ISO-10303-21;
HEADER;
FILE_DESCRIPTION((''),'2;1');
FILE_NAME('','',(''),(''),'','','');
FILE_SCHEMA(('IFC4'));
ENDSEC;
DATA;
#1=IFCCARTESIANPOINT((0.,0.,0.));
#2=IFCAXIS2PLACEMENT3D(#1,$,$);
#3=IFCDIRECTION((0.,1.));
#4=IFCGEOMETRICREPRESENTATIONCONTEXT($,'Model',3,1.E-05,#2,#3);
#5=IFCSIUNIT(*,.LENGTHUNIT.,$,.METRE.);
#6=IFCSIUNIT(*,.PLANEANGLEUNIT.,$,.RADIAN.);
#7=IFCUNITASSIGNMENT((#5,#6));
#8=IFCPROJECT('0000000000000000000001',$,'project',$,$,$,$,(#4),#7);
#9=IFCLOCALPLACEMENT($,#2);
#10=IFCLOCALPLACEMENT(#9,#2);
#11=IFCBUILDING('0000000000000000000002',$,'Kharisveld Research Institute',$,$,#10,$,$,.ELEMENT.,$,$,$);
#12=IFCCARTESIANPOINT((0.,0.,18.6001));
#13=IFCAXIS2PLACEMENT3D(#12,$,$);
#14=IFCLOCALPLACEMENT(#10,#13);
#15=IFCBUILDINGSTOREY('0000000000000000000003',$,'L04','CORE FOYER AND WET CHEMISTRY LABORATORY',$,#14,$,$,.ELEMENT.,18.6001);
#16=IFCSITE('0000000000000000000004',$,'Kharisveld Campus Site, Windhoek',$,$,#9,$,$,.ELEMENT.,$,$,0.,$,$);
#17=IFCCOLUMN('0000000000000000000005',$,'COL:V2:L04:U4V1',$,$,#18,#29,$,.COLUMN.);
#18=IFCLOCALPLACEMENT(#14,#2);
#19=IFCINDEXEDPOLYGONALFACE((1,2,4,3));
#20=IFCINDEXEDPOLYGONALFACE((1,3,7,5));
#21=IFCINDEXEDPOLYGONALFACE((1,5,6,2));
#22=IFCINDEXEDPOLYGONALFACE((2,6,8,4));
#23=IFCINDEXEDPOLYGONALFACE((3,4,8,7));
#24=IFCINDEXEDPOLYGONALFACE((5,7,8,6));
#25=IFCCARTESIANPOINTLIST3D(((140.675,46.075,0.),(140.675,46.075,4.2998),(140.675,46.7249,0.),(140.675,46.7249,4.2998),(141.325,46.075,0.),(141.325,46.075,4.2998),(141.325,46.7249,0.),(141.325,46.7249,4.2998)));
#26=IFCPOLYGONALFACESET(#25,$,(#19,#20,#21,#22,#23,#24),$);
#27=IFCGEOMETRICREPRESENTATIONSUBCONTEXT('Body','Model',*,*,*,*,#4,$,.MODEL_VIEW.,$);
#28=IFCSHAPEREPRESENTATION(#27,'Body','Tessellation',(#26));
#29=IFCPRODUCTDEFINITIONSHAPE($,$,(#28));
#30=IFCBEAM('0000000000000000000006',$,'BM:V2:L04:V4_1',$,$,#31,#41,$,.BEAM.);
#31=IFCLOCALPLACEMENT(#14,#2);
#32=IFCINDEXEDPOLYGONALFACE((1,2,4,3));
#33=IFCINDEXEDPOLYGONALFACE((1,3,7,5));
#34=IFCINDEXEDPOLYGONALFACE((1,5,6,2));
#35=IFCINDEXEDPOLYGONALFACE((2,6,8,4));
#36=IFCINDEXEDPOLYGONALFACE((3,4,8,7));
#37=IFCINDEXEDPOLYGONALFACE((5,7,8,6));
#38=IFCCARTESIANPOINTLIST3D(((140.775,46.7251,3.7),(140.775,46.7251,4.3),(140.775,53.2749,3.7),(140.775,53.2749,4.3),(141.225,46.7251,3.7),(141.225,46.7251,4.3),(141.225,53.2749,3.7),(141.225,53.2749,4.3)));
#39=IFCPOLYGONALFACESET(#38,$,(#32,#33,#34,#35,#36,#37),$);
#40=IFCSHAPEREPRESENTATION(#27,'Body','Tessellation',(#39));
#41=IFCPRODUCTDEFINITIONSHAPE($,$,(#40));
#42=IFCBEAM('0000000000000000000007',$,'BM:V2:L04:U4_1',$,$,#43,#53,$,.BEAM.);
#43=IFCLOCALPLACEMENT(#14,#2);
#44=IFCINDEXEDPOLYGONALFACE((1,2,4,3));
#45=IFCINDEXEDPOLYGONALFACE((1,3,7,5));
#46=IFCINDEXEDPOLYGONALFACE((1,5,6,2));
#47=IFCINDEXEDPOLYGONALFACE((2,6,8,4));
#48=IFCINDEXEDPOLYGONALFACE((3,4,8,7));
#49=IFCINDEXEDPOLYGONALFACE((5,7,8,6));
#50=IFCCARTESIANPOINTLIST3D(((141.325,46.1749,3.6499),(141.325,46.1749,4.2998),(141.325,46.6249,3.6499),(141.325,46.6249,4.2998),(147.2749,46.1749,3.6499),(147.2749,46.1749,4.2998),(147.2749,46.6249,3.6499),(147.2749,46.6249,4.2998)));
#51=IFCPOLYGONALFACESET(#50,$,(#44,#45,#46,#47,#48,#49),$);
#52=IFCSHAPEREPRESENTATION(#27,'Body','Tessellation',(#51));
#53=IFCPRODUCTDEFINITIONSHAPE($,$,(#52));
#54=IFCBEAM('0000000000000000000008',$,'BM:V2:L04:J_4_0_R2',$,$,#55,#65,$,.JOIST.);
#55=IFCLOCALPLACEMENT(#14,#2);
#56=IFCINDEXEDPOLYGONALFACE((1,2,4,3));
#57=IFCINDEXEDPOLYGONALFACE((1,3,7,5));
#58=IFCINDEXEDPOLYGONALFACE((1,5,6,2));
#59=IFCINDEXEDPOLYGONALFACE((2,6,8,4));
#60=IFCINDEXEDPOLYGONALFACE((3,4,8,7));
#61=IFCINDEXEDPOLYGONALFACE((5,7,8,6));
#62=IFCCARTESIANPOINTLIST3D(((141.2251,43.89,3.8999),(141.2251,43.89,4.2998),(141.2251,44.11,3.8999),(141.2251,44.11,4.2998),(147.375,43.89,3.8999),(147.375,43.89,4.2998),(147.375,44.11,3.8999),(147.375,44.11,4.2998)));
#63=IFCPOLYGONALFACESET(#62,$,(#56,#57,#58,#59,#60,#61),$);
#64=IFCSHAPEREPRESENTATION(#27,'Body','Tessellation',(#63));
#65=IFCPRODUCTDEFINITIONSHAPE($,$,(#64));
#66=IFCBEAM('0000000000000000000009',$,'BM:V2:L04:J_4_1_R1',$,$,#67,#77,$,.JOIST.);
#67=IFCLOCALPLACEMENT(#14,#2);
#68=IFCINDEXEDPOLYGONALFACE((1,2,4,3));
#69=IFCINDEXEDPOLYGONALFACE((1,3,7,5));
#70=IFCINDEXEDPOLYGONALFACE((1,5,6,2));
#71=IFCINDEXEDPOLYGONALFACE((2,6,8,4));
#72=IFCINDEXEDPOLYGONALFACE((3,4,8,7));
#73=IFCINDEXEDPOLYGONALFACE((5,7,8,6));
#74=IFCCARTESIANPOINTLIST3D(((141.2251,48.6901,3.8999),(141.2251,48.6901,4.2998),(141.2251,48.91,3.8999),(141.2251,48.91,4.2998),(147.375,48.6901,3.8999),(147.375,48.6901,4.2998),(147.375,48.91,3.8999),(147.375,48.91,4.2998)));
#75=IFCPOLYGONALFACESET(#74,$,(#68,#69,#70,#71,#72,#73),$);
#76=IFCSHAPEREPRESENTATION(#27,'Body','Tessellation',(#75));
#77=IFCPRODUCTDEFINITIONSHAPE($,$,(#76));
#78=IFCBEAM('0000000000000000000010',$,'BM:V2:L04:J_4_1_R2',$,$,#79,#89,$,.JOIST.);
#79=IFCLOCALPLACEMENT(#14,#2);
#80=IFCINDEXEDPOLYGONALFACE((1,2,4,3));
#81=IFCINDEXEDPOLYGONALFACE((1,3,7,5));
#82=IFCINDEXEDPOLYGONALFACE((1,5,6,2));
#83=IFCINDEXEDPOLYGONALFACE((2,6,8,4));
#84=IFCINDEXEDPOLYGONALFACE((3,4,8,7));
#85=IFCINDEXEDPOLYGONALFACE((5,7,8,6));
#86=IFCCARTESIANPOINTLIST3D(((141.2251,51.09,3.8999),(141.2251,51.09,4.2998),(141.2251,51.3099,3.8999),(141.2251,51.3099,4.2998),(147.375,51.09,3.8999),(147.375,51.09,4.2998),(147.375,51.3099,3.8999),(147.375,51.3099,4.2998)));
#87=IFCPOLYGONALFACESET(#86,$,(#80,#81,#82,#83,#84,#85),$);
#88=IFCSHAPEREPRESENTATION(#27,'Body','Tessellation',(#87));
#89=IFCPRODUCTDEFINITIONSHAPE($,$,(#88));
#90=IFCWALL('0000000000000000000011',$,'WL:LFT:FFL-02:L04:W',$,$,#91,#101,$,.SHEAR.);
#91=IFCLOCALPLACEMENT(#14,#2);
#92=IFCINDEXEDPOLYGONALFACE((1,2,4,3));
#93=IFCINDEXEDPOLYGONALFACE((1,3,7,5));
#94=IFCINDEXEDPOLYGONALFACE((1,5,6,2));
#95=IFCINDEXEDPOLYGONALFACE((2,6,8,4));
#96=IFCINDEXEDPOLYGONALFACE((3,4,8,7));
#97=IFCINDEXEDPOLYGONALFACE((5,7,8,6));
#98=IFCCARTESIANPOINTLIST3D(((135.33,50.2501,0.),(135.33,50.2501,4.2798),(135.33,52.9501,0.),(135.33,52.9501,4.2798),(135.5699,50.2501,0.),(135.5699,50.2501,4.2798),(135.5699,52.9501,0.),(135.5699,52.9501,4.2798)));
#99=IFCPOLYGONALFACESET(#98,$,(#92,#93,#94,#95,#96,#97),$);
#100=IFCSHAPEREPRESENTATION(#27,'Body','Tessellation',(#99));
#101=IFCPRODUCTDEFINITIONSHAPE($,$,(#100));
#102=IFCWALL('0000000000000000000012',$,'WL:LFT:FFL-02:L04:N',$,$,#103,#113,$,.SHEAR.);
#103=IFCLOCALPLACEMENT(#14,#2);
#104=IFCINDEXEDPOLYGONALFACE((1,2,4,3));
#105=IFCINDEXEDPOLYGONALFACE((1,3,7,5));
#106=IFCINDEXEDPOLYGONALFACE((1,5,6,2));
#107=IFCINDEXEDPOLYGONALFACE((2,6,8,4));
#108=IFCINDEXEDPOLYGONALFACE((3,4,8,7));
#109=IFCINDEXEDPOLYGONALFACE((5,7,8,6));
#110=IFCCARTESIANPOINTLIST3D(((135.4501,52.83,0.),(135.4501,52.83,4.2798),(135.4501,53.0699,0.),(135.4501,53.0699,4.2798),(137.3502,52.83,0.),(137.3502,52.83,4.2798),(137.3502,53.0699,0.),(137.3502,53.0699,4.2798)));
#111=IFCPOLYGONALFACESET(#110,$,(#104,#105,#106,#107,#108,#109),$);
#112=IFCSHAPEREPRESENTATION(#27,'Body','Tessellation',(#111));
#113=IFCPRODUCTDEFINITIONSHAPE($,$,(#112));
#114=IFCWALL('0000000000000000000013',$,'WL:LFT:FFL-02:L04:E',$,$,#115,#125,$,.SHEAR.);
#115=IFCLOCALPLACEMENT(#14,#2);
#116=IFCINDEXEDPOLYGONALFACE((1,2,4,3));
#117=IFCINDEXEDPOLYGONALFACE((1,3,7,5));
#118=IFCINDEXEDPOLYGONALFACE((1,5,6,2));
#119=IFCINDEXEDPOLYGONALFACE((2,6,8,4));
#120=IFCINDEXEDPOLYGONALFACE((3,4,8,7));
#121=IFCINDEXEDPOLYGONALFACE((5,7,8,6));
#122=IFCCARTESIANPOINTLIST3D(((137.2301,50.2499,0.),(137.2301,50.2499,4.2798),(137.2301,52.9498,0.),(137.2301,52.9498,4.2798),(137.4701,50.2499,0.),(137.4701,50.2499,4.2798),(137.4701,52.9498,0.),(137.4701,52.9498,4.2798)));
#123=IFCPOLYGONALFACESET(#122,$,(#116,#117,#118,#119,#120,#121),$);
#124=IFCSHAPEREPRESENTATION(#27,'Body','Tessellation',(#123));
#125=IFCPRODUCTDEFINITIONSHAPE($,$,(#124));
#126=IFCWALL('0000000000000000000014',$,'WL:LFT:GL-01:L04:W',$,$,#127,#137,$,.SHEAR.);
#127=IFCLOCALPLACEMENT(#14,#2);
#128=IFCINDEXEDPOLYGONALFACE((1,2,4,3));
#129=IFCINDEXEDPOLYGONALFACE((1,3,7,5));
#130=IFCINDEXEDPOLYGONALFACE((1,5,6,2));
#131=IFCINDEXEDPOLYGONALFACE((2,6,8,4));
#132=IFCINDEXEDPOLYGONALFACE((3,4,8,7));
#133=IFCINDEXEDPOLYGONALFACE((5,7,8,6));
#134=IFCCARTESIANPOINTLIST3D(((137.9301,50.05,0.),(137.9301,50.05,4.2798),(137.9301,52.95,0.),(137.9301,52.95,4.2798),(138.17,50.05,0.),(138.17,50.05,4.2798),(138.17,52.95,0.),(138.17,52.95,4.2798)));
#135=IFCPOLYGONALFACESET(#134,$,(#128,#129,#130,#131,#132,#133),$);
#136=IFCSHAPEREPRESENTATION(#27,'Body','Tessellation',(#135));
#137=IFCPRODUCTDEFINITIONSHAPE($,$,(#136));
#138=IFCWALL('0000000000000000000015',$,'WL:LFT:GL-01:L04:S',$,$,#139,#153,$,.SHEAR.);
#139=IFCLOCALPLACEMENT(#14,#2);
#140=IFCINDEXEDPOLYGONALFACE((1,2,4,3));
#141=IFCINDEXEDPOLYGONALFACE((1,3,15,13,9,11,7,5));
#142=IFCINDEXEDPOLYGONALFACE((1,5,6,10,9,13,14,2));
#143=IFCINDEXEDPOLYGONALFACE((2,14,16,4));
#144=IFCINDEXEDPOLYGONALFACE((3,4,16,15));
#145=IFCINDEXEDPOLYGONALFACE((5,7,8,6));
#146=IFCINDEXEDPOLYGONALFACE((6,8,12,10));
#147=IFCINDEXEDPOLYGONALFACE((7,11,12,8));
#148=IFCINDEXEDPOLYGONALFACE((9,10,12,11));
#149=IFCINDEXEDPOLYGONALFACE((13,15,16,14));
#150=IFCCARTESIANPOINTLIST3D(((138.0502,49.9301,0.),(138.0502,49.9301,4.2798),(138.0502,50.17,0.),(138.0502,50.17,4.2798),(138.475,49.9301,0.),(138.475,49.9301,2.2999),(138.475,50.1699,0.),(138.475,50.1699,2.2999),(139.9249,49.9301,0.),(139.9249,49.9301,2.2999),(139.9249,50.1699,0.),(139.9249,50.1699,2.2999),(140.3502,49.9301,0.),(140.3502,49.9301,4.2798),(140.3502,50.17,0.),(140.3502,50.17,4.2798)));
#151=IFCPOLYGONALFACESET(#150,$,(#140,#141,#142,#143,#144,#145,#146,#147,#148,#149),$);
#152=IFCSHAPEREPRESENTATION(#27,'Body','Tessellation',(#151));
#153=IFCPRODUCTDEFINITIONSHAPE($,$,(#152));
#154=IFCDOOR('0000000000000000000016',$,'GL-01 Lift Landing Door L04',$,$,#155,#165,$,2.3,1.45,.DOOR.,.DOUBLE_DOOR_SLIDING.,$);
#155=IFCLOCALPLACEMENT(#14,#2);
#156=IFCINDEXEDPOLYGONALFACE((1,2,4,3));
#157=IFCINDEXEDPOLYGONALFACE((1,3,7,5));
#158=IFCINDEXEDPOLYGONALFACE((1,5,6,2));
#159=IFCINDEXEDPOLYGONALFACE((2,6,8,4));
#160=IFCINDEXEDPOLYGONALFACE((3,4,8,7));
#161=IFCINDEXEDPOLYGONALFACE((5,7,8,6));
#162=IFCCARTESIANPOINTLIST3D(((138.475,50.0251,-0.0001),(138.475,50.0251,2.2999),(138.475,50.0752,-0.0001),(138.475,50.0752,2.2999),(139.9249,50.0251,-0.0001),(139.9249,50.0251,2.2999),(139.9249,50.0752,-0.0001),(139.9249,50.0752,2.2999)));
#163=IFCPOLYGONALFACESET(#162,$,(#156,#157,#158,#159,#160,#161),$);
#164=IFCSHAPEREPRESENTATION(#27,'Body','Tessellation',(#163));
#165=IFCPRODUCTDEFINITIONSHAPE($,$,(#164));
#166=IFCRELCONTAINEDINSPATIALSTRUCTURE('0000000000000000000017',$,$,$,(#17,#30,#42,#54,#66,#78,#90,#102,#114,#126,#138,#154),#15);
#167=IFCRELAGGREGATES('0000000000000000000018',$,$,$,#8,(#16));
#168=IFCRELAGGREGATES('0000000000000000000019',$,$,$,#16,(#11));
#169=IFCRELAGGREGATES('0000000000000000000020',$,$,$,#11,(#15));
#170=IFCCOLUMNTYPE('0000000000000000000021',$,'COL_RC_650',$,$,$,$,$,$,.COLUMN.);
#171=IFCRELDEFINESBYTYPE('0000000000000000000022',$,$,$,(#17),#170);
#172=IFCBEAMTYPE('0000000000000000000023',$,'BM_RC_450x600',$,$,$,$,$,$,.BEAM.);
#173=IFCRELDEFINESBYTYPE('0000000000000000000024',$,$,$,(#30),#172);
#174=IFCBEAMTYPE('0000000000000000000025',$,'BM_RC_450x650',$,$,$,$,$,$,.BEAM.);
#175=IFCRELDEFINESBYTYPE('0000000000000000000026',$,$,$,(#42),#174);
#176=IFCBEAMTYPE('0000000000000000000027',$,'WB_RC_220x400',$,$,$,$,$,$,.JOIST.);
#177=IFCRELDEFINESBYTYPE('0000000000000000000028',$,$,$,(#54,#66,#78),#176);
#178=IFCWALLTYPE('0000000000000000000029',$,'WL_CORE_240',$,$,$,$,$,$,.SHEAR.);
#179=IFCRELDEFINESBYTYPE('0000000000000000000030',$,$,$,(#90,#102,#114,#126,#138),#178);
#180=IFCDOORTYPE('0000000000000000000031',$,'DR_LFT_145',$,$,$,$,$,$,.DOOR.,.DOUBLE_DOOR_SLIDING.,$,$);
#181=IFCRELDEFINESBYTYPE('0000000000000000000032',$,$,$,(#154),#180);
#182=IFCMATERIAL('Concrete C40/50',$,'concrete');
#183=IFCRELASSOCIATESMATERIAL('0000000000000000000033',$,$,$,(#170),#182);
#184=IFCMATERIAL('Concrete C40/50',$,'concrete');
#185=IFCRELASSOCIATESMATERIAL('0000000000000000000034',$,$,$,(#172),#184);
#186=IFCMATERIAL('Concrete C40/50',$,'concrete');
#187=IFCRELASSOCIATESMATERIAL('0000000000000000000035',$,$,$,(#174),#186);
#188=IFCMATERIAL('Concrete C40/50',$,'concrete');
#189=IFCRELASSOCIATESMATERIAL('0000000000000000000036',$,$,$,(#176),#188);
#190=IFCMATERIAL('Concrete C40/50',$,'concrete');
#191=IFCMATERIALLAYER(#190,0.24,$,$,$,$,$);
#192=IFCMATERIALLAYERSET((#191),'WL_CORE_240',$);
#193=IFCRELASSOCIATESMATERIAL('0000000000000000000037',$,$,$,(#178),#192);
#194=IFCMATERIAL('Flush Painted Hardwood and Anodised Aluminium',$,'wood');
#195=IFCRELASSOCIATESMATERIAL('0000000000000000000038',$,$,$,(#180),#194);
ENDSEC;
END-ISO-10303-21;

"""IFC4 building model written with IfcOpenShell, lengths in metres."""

from ifc_helpers import new_model, si_unit, direction, frame, frame_2d, origin, origin_2d, place, context, subcontext, project, spatial, rectangle, extrude, material, layer, layer_set, material_profile, profile_set, type_object, element, fill, save


model = new_model("IFC4")

# Units and contexts
model_context = context("Model", 3, precision=1e-05, world=origin(), true_north=direction((0.0, 1.0)))
body_context = subcontext(model_context, "Body", "Model", "MODEL_VIEW")
ifc_project = project(units=[si_unit("LENGTHUNIT", "METRE"), si_unit("PLANEANGLEUNIT", "RADIAN")], contexts=[model_context])

# Site, building, storey
site_placement = place(None, origin())
site = spatial("IfcSite", under=ifc_project, at=site_placement, Name="Kharisveld Campus Site, Windhoek", CompositionType="ELEMENT", RefElevation=0.0)
building_placement = place(site_placement, origin())
building = spatial("IfcBuilding", under=site, at=building_placement, Name="Kharisveld Research Institute", CompositionType="ELEMENT")
storey_placement = place(building_placement, frame((0.0, 0.0, 18.6001)))
storey = spatial("IfcBuildingStorey", under=building, at=storey_placement, Name="L04", Description="CORE FOYER AND WET CHEMISTRY LABORATORY", CompositionType="ELEMENT", Elevation=18.6001)

# Column
ifc_material_1 = material(Name="Concrete C40/50", Category="concrete")
ifc_material_profile_1 = material_profile(ifc_material_1, rectangle(XDim=0.6499, YDim=0.6499, at=origin_2d()))
ifc_profile_set_1 = profile_set([ifc_material_profile_1], Name="Concrete C40/50")
column_type = type_object("IfcColumnType", Name="COL_RC_650", PredefinedType="COLUMN", material=ifc_profile_set_1)
column_placement = place(storey_placement, frame((141.0, 46.3999, 0.0), z_axis=(0.0, 0.0, 1.0), x_axis=(1.0, 0.0, 0.0)))
element("IfcColumn", 1, at=column_placement, inside=storey, type_object=column_type, Name="COL:V2:L04:U4V1", PredefinedType="COLUMN", context=body_context, shape_type="SweptSolid", body=[
    extrude(rectangle(XDim=0.6499, YDim=0.6499, at=origin_2d()), origin(), (0.0, 0.0, 1.0), 4.2998),
])

# Beams
ifc_material_2 = material(Name="Concrete C40/50", Category="concrete")
ifc_material_profile_2 = material_profile(ifc_material_2, rectangle(XDim=0.45, YDim=0.6001, at=origin_2d()))
ifc_profile_set_2 = profile_set([ifc_material_profile_2], Name="Concrete C40/50")
beam_type_1 = type_object("IfcBeamType", Name="BM_RC_450x600", PredefinedType="BEAM", material=ifc_profile_set_2)
beam_1_placement = place(storey_placement, frame((141.0, 46.7251, 4.0), z_axis=(0.0, 1.0, 0.0), x_axis=(-1.0, 0.0, 0.0)))
element("IfcBeam", 2, at=beam_1_placement, inside=storey, type_object=beam_type_1, Name="BM:V2:L04:V4_1", PredefinedType="BEAM", context=body_context, shape_type="SweptSolid", body=[
    extrude(rectangle(XDim=0.45, YDim=0.6001, at=origin_2d()), origin(), (0.0, 0.0, 1.0), 6.5498),
])
ifc_material_3 = material(Name="Concrete C40/50", Category="concrete")
ifc_material_profile_3 = material_profile(ifc_material_3, rectangle(XDim=0.45, YDim=0.6499, at=origin_2d()))
ifc_profile_set_3 = profile_set([ifc_material_profile_3], Name="Concrete C40/50")
beam_type_2 = type_object("IfcBeamType", Name="BM_RC_450x650", PredefinedType="BEAM", material=ifc_profile_set_3)
beam_2_placement = place(storey_placement, frame((141.325, 46.3999, 3.9749), z_axis=(1.0, 0.0, 0.0), x_axis=(0.0, 1.0, 0.0)))
element("IfcBeam", 3, at=beam_2_placement, inside=storey, type_object=beam_type_2, Name="BM:V2:L04:U4_1", PredefinedType="BEAM", context=body_context, shape_type="SweptSolid", body=[
    extrude(rectangle(XDim=0.45, YDim=0.6499, at=origin_2d()), origin(), (0.0, 0.0, 1.0), 5.95),
])
ifc_material_4 = material(Name="Concrete C40/50", Category="concrete")
ifc_material_profile_4 = material_profile(ifc_material_4, rectangle(XDim=0.22, YDim=0.3999, at=origin_2d()))
ifc_profile_set_4 = profile_set([ifc_material_profile_4], Name="Concrete C40/50")
beam_type_3 = type_object("IfcBeamType", Name="WB_RC_220x400", PredefinedType="JOIST", material=ifc_profile_set_4)
for number, where, z_axis, x_axis, name in (
    (4, (141.2251, 44.0, 4.0999), (1.0, 0.0, 0.0), (0.0, 1.0, 0.0), "BM:V2:L04:J_4_0_R2"),
    (5, (141.2251, 48.8, 4.0999), (1.0, 0.0, 0.0), (0.0, 1.0, 0.0), "BM:V2:L04:J_4_1_R1"),
    (6, (141.2251, 51.2, 4.0999), (1.0, 0.0, 0.0), (0.0, 1.0, 0.0), "BM:V2:L04:J_4_1_R2"),
):
    element("IfcBeam", number, at=place(storey_placement, frame(where, z_axis=z_axis, x_axis=x_axis)), inside=storey, type_object=beam_type_3, Name=name, PredefinedType="JOIST", context=body_context, shape_type="SweptSolid", body=[
        extrude(rectangle(XDim=0.22, YDim=0.3999, at=origin_2d()), origin(), (0.0, 0.0, 1.0), 6.1499),
    ])

# Walls
ifc_material_5 = material(Name="Concrete C40/50", Category="concrete")
ifc_layer_1 = layer(ifc_material_5, 0.24)
ifc_layer_set_1 = layer_set([ifc_layer_1], Name="WL_CORE_240")
wall_type_1 = type_object("IfcWallType", Name="WL_CORE_240", PredefinedType="SHEAR", material=ifc_layer_set_1)
wall_1_placement = place(storey_placement, frame((135.45, 50.25, 0.0), z_axis=(0.0, 0.0, 1.0), x_axis=(0.0, 1.0, 0.0)))
element("IfcWall", 7, at=wall_1_placement, inside=storey, type_object=wall_type_1, Name="WL:LFT:FFL-02:L04:W", PredefinedType="SHEAR", context=body_context, shape_type="SweptSolid", body=[
    extrude(rectangle(XDim=2.7, YDim=0.24, at=frame_2d((1.3501, 0.0))), origin(), (0.0, 0.0, 1.0), 4.2798),
])
wall_2_placement = place(storey_placement, frame((135.45, 52.95, 0.0), z_axis=(0.0, 0.0, 1.0), x_axis=(1.0, 0.0, 0.0)))
element("IfcWall", 8, at=wall_2_placement, inside=storey, type_object=wall_type_1, Name="WL:LFT:FFL-02:L04:N", PredefinedType="SHEAR", context=body_context, shape_type="SweptSolid", body=[
    extrude(rectangle(XDim=1.9001, YDim=0.24, at=frame_2d((0.9502, 0.0))), origin(), (0.0, 0.0, 1.0), 4.2798),
])
wall_3_placement = place(storey_placement, frame((137.3501, 52.95, 0.0), z_axis=(0.0, 0.0, 1.0), x_axis=(0.0, -1.0, 0.0)))
element("IfcWall", 9, at=wall_3_placement, inside=storey, type_object=wall_type_1, Name="WL:LFT:FFL-02:L04:E", PredefinedType="SHEAR", context=body_context, shape_type="SweptSolid", body=[
    extrude(rectangle(XDim=2.7, YDim=0.24, at=frame_2d((1.3501, 0.0))), origin(), (0.0, 0.0, 1.0), 4.2798),
])

# Wall
wall_4_placement = place(storey_placement, frame((138.05, 50.05, 0.0), z_axis=(0.0, 0.0, 1.0), x_axis=(0.0, 1.0, 0.0)))
element("IfcWall", 10, at=wall_4_placement, inside=storey, type_object=wall_type_1, Name="WL:LFT:GL-01:L04:W", PredefinedType="SHEAR", context=body_context, shape_type="SweptSolid", body=[
    extrude(rectangle(XDim=2.8999, YDim=0.24, at=frame_2d((1.45, 0.0))), origin(), (0.0, 0.0, 1.0), 4.2798),
])

# Wall, opening, door
wall_5_placement = place(storey_placement, frame((140.3501, 50.05, 0.0), z_axis=(0.0, 0.0, 1.0), x_axis=(-1.0, 0.0, 0.0)))
wall_5 = element("IfcWall", 11, at=wall_5_placement, inside=storey, type_object=wall_type_1, Name="WL:LFT:GL-01:L04:S", PredefinedType="SHEAR", context=body_context, shape_type="SweptSolid", body=[
    extrude(rectangle(XDim=2.3, YDim=0.24, at=frame_2d((1.1499, 0.0))), origin(), (0.0, 0.0, 1.0), 4.2798),
])
opening_1_placement = place(wall_5_placement, frame((0.425, 0.0, 0.0)))
opening_1 = element("IfcOpeningElement", 12, at=opening_1_placement, cuts=wall_5, PredefinedType="OPENING", context=body_context, shape_type="SweptSolid", body=[
    extrude(rectangle(XDim=1.45, YDim=2.3, at=frame_2d((0.7251, 1.1499))), frame((0.0, 0.1201, 0.0), z_axis=(0.0, -1.0, 0.0), x_axis=(1.0, 0.0, 0.0)), (0.0, 0.0, 1.0), 0.24),
])
ifc_material_6 = material(Name="Flush Painted Hardwood and Anodised Aluminium", Category="wood")
door_type_1 = type_object("IfcDoorType", Name="DR_LFT_145", OperationType="DOUBLE_DOOR_SLIDING", PredefinedType="DOOR", material=ifc_material_6)
door_1_placement = place(opening_1_placement, origin())
door_1 = element("IfcDoor", 13, at=door_1_placement, inside=storey, type_object=door_type_1, Name="GL-01 Lift Landing Door L04", OperationType="DOUBLE_DOOR_SLIDING", OverallHeight=2.3, OverallWidth=1.45, PredefinedType="DOOR", context=body_context, shape_type="SweptSolid", body=[
    extrude(rectangle(XDim=1.45, YDim=2.3, at=frame_2d((0.7251, 1.1499))), frame((0.0, 0.0249, 0.0), z_axis=(0.0, -1.0, 0.0), x_axis=(1.0, 0.0, 0.0)), (0.0, 0.0, 1.0), 0.05),
])
fill(opening_1, door_1)

save(model, "model.ifc")
